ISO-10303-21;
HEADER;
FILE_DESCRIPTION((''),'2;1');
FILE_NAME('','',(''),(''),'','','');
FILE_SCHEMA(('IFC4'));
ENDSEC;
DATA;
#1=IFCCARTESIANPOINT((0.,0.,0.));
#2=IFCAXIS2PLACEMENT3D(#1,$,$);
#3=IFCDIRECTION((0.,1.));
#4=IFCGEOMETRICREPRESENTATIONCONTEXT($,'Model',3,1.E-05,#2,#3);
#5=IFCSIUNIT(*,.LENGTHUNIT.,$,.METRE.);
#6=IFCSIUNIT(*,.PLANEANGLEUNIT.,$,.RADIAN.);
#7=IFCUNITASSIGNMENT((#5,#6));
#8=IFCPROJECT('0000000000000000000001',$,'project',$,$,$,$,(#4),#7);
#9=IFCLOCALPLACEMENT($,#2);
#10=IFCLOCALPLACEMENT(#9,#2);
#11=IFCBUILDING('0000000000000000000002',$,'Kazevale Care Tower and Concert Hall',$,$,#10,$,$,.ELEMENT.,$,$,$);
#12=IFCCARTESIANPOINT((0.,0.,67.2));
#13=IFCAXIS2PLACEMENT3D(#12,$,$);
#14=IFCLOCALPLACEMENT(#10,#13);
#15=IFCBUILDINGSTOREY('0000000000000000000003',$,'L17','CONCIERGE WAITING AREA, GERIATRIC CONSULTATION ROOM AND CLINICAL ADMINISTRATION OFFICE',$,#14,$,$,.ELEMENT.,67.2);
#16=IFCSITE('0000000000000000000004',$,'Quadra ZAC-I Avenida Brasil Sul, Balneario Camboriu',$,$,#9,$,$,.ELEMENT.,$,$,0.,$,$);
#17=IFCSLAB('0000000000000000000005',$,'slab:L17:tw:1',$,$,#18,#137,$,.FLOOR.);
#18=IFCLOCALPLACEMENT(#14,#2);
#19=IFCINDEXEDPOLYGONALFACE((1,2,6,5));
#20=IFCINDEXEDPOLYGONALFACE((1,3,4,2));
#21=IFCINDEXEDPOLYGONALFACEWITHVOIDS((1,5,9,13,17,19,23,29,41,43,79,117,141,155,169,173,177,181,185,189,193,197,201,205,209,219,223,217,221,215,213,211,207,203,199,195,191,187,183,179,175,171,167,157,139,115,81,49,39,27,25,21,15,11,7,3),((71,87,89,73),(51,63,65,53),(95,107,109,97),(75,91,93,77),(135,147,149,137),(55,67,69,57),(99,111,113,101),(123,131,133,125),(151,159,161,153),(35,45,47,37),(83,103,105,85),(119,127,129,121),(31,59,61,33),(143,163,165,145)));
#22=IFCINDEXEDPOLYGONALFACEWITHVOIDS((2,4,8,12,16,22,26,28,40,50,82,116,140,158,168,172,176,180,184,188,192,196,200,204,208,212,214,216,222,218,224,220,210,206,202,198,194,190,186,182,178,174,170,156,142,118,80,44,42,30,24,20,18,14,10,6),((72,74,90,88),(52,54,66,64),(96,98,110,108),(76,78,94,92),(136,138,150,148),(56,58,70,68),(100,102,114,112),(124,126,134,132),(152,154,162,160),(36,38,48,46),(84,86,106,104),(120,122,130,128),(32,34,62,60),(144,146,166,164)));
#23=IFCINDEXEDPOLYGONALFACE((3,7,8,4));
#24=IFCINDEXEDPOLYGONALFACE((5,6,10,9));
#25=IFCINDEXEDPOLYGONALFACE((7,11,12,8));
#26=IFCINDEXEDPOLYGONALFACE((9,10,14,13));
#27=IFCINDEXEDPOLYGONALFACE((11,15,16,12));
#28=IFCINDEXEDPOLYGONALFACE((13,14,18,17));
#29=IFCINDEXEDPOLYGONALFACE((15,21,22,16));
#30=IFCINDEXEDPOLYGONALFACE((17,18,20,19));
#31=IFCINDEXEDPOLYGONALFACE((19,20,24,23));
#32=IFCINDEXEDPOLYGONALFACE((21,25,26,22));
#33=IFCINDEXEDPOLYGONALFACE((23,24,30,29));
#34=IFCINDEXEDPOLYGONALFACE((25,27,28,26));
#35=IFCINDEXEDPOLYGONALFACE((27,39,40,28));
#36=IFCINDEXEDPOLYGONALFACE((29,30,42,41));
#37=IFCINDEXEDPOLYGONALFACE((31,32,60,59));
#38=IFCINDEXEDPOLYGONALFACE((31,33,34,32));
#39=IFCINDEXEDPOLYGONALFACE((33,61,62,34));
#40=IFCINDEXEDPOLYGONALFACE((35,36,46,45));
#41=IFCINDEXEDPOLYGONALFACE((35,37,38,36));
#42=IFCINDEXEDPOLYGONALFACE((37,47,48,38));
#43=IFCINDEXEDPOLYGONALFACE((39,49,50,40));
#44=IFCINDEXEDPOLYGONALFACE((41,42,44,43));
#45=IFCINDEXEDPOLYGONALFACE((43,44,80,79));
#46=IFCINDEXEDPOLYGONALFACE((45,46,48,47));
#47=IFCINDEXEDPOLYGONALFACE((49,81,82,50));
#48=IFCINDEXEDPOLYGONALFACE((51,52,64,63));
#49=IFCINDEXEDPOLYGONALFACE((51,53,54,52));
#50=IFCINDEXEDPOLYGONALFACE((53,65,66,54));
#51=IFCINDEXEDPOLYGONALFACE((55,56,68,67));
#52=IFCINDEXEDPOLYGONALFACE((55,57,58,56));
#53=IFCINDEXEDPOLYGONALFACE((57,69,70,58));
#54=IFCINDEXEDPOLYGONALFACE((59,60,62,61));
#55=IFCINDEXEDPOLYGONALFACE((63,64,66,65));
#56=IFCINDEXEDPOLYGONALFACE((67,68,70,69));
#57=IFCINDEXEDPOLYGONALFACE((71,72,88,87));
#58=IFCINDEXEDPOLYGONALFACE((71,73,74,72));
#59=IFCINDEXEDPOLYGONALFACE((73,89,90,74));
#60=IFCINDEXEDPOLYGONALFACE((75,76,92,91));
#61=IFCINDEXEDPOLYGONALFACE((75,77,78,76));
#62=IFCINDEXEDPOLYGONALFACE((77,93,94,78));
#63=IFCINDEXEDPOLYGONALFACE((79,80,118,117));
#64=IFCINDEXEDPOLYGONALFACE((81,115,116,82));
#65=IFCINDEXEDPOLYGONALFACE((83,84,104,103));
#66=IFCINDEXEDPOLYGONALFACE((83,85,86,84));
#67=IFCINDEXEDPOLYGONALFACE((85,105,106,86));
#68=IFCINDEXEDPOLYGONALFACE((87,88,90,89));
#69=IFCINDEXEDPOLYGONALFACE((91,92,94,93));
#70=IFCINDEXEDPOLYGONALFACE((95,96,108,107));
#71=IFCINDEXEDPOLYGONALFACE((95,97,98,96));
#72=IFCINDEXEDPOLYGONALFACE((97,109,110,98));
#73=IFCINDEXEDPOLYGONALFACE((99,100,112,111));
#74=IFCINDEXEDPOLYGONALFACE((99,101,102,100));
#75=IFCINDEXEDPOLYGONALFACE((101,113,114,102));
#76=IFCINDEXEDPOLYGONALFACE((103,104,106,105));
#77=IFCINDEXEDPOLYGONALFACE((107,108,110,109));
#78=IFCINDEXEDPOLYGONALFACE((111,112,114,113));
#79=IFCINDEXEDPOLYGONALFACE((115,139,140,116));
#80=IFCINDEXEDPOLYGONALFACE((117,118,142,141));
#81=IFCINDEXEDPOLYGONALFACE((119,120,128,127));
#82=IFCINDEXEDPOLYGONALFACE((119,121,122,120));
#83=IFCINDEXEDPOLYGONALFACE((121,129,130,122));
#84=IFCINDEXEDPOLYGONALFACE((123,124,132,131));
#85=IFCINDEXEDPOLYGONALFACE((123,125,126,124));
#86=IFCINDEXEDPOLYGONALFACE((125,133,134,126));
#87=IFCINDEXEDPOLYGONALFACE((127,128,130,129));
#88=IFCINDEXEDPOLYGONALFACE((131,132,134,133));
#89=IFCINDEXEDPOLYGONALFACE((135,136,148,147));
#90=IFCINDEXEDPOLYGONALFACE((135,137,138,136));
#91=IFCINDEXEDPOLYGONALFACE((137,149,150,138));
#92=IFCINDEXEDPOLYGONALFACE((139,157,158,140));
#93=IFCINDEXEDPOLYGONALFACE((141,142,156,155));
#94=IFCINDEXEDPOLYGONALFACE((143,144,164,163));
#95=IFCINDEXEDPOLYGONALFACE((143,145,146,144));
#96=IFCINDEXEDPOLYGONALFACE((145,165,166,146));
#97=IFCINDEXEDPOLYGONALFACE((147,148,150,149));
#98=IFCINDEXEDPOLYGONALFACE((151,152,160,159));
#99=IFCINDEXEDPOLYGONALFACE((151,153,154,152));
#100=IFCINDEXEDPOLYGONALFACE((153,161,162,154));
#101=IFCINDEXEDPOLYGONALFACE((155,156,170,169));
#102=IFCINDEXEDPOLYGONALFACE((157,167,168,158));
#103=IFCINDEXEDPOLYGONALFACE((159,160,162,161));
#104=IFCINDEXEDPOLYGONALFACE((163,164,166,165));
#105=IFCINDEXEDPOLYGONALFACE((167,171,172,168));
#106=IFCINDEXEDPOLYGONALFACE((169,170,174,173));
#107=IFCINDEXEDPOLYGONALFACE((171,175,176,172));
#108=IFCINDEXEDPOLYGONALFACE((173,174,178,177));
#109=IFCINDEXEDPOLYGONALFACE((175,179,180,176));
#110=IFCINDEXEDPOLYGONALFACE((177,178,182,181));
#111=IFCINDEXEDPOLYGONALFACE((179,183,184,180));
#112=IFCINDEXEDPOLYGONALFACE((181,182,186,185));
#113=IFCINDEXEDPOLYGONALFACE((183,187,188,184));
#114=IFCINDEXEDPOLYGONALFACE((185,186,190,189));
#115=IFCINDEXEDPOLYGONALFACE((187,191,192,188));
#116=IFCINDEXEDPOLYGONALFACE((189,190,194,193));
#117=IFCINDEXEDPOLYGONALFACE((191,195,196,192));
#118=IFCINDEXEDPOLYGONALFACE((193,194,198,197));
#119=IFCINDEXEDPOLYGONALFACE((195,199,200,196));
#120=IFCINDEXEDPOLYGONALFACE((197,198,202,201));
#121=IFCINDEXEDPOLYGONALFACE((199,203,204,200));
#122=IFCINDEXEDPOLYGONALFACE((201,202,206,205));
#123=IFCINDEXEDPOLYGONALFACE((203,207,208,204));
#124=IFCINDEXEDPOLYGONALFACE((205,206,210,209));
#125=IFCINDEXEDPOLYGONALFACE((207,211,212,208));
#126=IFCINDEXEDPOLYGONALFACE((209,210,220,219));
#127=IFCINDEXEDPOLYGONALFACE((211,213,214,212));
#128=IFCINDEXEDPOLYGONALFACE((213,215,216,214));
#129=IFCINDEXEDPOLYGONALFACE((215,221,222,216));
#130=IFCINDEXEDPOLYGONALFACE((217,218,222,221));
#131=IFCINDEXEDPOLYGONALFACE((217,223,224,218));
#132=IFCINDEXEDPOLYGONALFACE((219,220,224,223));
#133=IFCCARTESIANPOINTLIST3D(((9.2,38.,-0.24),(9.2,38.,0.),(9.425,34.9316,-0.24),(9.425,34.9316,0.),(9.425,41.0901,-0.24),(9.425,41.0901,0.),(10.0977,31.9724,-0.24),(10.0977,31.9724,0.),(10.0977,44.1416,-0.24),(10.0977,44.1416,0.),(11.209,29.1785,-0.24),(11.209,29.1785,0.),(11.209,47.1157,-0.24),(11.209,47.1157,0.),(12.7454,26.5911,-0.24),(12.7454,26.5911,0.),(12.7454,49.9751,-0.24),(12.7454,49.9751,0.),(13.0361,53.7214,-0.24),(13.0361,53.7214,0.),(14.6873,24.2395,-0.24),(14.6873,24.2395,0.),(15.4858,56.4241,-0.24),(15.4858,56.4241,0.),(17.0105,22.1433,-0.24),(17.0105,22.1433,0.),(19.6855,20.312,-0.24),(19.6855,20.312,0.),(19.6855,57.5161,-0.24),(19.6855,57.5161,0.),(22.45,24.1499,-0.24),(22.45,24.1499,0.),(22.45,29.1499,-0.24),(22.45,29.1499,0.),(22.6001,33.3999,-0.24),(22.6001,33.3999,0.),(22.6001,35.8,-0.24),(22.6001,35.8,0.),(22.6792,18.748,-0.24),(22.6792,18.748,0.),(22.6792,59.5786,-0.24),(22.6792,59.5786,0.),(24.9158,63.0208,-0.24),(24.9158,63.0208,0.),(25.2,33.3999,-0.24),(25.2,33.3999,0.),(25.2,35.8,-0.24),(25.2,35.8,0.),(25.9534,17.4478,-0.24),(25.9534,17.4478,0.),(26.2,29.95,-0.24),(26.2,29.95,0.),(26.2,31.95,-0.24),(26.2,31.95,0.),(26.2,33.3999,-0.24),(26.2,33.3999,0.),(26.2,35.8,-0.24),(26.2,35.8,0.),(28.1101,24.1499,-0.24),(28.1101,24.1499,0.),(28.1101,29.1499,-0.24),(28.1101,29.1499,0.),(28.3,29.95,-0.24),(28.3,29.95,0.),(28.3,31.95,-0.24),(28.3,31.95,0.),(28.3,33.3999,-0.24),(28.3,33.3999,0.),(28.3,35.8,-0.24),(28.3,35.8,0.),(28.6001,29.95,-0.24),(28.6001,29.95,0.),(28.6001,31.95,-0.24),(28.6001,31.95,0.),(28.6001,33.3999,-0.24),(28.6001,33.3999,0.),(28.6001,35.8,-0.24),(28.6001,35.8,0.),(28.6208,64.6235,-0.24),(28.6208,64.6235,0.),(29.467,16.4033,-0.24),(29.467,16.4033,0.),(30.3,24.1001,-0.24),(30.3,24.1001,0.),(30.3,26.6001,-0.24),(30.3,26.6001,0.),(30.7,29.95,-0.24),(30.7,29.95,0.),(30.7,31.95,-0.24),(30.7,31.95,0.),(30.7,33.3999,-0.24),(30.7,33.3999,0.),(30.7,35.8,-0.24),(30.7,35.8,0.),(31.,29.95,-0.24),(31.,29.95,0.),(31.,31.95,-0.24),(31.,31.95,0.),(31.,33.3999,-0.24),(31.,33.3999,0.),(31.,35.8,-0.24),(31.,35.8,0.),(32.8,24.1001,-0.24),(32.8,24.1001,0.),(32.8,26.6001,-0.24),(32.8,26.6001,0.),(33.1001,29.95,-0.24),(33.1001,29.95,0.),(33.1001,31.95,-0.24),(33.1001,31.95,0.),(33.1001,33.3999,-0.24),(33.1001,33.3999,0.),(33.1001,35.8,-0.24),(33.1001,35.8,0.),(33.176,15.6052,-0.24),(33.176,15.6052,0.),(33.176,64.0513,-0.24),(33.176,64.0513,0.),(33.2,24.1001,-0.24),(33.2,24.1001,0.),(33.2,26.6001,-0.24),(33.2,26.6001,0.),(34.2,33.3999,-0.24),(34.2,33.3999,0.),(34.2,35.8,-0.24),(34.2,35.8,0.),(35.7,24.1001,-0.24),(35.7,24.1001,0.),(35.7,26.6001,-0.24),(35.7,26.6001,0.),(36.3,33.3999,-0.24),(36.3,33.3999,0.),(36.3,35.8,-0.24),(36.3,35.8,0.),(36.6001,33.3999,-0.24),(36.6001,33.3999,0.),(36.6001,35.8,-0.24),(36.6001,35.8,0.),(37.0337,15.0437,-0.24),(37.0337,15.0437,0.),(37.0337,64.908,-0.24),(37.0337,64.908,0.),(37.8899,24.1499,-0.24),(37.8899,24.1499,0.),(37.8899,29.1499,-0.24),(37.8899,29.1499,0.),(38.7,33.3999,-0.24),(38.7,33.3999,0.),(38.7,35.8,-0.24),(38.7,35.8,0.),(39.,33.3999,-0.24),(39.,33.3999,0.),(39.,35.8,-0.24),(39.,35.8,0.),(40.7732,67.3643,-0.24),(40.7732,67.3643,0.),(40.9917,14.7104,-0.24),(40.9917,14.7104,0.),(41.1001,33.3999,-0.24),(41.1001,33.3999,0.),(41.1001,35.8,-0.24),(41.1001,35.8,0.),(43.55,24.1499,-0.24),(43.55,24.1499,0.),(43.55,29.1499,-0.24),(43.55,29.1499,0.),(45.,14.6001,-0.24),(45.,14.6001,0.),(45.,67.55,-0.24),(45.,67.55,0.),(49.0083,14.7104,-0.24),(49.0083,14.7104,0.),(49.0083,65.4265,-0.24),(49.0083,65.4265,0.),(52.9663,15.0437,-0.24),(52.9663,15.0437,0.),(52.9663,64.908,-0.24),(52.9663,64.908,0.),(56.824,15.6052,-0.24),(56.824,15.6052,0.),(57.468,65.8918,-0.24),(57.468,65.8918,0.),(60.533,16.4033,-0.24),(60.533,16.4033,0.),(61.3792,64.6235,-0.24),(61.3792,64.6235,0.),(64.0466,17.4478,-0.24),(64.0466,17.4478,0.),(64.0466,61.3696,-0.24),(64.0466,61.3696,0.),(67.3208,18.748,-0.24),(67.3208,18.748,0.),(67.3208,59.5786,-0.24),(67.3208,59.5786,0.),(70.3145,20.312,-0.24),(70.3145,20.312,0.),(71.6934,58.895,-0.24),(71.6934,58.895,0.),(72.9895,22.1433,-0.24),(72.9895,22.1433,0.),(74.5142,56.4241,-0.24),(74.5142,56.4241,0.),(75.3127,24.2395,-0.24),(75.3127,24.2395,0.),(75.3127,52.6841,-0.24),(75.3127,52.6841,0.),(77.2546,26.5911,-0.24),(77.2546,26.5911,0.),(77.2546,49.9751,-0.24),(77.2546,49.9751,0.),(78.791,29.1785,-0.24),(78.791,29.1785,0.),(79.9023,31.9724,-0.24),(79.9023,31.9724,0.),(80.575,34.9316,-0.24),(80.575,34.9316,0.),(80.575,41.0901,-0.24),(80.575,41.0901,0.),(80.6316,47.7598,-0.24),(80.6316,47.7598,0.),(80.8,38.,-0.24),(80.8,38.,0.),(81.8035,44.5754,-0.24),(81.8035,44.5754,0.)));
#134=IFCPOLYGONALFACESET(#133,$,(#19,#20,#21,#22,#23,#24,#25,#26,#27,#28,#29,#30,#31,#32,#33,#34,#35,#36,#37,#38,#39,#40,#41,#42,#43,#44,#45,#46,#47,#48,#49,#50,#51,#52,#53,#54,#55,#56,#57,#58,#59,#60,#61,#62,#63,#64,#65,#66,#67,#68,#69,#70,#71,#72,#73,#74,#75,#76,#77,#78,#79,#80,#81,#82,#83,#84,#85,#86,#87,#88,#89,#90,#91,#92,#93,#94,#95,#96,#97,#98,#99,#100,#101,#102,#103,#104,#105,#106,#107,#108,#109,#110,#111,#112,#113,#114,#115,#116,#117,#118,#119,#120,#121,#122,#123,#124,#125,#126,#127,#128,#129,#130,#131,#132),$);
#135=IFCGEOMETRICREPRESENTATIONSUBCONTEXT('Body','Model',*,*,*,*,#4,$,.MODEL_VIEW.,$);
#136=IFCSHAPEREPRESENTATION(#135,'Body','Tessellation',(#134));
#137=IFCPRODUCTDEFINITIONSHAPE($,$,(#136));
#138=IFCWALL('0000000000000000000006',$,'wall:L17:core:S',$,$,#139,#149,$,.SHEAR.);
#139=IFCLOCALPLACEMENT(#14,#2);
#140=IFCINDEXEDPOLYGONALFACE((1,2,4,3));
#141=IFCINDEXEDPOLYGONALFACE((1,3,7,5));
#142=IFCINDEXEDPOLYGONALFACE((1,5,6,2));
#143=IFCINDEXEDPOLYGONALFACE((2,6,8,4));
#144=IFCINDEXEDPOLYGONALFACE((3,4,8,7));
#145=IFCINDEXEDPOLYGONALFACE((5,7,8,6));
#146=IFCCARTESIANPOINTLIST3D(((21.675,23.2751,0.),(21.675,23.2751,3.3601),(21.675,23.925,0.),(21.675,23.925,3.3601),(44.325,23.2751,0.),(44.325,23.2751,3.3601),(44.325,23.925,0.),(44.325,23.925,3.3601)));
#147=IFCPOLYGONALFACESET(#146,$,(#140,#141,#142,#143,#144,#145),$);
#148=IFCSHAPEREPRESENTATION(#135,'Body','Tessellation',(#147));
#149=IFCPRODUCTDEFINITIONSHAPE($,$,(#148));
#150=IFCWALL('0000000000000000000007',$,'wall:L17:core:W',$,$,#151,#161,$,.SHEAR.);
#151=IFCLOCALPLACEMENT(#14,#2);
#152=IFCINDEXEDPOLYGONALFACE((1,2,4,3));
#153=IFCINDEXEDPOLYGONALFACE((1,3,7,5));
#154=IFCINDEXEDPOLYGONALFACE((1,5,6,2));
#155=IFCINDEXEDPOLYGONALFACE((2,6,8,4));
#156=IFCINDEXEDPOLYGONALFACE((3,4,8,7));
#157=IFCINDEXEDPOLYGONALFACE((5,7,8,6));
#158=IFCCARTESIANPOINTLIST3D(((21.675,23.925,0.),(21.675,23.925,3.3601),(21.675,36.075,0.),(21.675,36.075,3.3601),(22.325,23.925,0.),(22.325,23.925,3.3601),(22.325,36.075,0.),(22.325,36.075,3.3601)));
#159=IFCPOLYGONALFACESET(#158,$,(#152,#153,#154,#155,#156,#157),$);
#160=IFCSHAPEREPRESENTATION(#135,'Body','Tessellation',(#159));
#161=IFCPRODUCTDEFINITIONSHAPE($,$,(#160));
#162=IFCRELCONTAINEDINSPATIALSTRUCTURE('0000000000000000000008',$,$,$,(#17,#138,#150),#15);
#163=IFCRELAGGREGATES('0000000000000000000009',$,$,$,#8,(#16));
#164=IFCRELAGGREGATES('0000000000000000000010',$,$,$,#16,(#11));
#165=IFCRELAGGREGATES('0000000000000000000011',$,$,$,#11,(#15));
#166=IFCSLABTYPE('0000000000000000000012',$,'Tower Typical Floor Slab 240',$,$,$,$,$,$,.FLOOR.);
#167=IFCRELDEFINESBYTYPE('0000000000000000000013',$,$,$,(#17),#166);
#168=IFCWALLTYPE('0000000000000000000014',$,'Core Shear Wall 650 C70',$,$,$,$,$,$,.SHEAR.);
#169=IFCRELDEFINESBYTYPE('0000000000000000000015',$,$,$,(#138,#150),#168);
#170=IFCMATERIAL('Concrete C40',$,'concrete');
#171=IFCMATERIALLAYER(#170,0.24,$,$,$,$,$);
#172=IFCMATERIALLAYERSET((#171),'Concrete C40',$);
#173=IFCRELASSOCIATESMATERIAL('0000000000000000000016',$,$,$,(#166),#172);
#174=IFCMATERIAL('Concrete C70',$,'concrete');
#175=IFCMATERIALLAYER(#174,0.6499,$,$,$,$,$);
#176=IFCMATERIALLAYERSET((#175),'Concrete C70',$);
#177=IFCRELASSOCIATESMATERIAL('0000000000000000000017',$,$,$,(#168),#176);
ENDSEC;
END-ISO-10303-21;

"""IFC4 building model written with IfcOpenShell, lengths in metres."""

from ifc_helpers import new_model, si_unit, direction, frame, frame_2d, origin, place, context, subcontext, project, spatial, polyline, rectangle, outline, extrude, material, layer, layer_set, type_object, element, save


model = new_model("IFC4")

# Units and contexts
model_context = context("Model", 3, precision=1e-05, world=origin(), true_north=direction((0.0, 1.0)))
body_context = subcontext(model_context, "Body", "Model", "MODEL_VIEW")
ifc_project = project(units=[si_unit("LENGTHUNIT", "METRE"), si_unit("PLANEANGLEUNIT", "RADIAN")], contexts=[model_context])

# Site, building, storey
site_placement = place(None, origin())
site = spatial("IfcSite", under=ifc_project, at=site_placement, Name="Quadra ZAC-I Avenida Brasil Sul, Balneario Camboriu", CompositionType="ELEMENT", RefElevation=0.0)
building_placement = place(site_placement, origin())
building = spatial("IfcBuilding", under=site, at=building_placement, Name="Kazevale Care Tower and Concert Hall", CompositionType="ELEMENT")
storey_placement = place(building_placement, frame((0.0, 0.0, 67.2)))
storey = spatial("IfcBuildingStorey", under=building, at=storey_placement, Name="L17", Description="CONCIERGE WAITING AREA, GERIATRIC CONSULTATION ROOM AND CLINICAL ADMINISTRATION OFFICE", CompositionType="ELEMENT", Elevation=67.2)

# Shared definitions
ifc_material_1 = material(Name="Concrete C70", Category="concrete")

# Shared definitions
ifc_material_2 = material(Name="Concrete C40", Category="concrete")

# Slab
ifc_layer_1 = layer(ifc_material_2, 0.24)
ifc_layer_set_1 = layer_set([ifc_layer_1], Name="Concrete C40")
slab_type_1 = type_object("IfcSlabType", Name="Tower Typical Floor Slab 240", PredefinedType="FLOOR", material=ifc_layer_set_1)
slab_1_placement = place(storey_placement, frame((0.0, 0.0, -0.24)))
element("IfcSlab", 1, at=slab_1_placement, inside=storey, type_object=slab_type_1, Name="slab:L17:tw:1", PredefinedType="FLOOR", context=body_context, shape_type="SweptSolid", body=[
    extrude(outline(polyline([(80.8, 38.0), (80.575, 41.0901), (81.8035, 44.5754), (80.6316, 47.7598), (77.2546, 49.9751), (75.3127, 52.6841), (74.5142, 56.4241), (71.6934, 58.895), (67.3208, 59.5786), (64.0466, 61.3696), (61.3792, 64.6235), (57.468, 65.8918), (52.9663, 64.908), (49.0083, 65.4265), (45.0, 67.55), (40.7732, 67.3643), (37.0337, 64.908), (33.176, 64.0513), (28.6208, 64.6235), (24.9158, 63.0208), (22.6792, 59.5786), (19.6855, 57.5161), (15.4858, 56.4241), (13.0361, 53.7214), (12.7454, 49.9751), (11.209, 47.1157), (10.0977, 44.1416), (9.425, 41.0901), (9.2, 38.0), (9.425, 34.9316), (10.0977, 31.9724), (11.209, 29.1785), (12.7454, 26.5911), (14.6873, 24.2395), (17.0105, 22.1433), (19.6855, 20.312), (22.6792, 18.748), (25.9534, 17.4478), (29.467, 16.4033), (33.176, 15.6052), (37.0337, 15.0437), (40.9917, 14.7104), (45.0, 14.6001), (49.0083, 14.7104), (52.9663, 15.0437), (56.824, 15.6052), (60.533, 16.4033), (64.0466, 17.4478), (67.3208, 18.748), (70.3145, 20.312), (72.9895, 22.1433), (75.3127, 24.2395), (77.2546, 26.5911), (78.791, 29.1785), (79.9023, 31.9724), (80.575, 34.9316), (80.8, 38.0)]), holes=[polyline([(22.45, 24.1499), (28.1101, 24.1499), (28.1101, 29.1499), (22.45, 29.1499), (22.45, 24.1499)]), polyline([(37.8899, 24.1499), (43.55, 24.1499), (43.55, 29.1499), (37.8899, 29.1499), (37.8899, 24.1499)]), polyline([(30.3, 24.1001), (32.8, 24.1001), (32.8, 26.6001), (30.3, 26.6001), (30.3, 24.1001)]), polyline([(33.2, 24.1001), (35.7, 24.1001), (35.7, 26.6001), (33.2, 26.6001), (33.2, 24.1001)]), polyline([(22.6001, 33.3999), (25.2, 33.3999), (25.2, 35.8), (22.6001, 35.8), (22.6001, 33.3999)]), polyline([(26.2, 33.3999), (28.3, 33.3999), (28.3, 35.8), (26.2, 35.8), (26.2, 33.3999)]), polyline([(28.6001, 33.3999), (30.7, 33.3999), (30.7, 35.8), (28.6001, 35.8), (28.6001, 33.3999)]), polyline([(31.0, 33.3999), (33.1001, 33.3999), (33.1001, 35.8), (31.0, 35.8), (31.0, 33.3999)]), polyline([(34.2, 33.3999), (36.3, 33.3999), (36.3, 35.8), (34.2, 35.8), (34.2, 33.3999)]), polyline([(36.6001, 33.3999), (38.7, 33.3999), (38.7, 35.8), (36.6001, 35.8), (36.6001, 33.3999)]), polyline([(39.0, 33.3999), (41.1001, 33.3999), (41.1001, 35.8), (39.0, 35.8), (39.0, 33.3999)]), polyline([(26.2, 29.95), (28.3, 29.95), (28.3, 31.95), (26.2, 31.95), (26.2, 29.95)]), polyline([(28.6001, 29.95), (30.7, 29.95), (30.7, 31.95), (28.6001, 31.95), (28.6001, 29.95)]), polyline([(31.0, 29.95), (33.1001, 29.95), (33.1001, 31.95), (31.0, 31.95), (31.0, 29.95)])]), origin(), (0.0, 0.0, 1.0), 0.24),
])

# Walls
ifc_layer_2 = layer(ifc_material_1, 0.6499)
ifc_layer_set_2 = layer_set([ifc_layer_2], Name="Concrete C70")
wall_type_1 = type_object("IfcWallType", Name="Core Shear Wall 650 C70", PredefinedType="SHEAR", material=ifc_layer_set_2)
wall_1_placement = place(storey_placement, frame((21.675, 23.6001, 0.0), z_axis=(0.0, 0.0, 1.0), x_axis=(1.0, 0.0, 0.0)))
element("IfcWall", 2, at=wall_1_placement, inside=storey, type_object=wall_type_1, Name="wall:L17:core:S", PredefinedType="SHEAR", context=body_context, shape_type="SweptSolid", body=[
    extrude(rectangle(XDim=22.6499, YDim=0.6499, at=frame_2d((11.325, 0.0))), origin(), (0.0, 0.0, 1.0), 3.3601),
])
wall_2_placement = place(storey_placement, frame((22.0, 23.925, 0.0), z_axis=(0.0, 0.0, 1.0), x_axis=(0.0, 1.0, 0.0)))
element("IfcWall", 3, at=wall_2_placement, inside=storey, type_object=wall_type_1, Name="wall:L17:core:W", PredefinedType="SHEAR", context=body_context, shape_type="SweptSolid", body=[
    extrude(rectangle(XDim=12.1499, YDim=0.6499, at=frame_2d((6.075, 0.0))), origin(), (0.0, 0.0, 1.0), 3.3601),
])

save(model, "model.ifc")
